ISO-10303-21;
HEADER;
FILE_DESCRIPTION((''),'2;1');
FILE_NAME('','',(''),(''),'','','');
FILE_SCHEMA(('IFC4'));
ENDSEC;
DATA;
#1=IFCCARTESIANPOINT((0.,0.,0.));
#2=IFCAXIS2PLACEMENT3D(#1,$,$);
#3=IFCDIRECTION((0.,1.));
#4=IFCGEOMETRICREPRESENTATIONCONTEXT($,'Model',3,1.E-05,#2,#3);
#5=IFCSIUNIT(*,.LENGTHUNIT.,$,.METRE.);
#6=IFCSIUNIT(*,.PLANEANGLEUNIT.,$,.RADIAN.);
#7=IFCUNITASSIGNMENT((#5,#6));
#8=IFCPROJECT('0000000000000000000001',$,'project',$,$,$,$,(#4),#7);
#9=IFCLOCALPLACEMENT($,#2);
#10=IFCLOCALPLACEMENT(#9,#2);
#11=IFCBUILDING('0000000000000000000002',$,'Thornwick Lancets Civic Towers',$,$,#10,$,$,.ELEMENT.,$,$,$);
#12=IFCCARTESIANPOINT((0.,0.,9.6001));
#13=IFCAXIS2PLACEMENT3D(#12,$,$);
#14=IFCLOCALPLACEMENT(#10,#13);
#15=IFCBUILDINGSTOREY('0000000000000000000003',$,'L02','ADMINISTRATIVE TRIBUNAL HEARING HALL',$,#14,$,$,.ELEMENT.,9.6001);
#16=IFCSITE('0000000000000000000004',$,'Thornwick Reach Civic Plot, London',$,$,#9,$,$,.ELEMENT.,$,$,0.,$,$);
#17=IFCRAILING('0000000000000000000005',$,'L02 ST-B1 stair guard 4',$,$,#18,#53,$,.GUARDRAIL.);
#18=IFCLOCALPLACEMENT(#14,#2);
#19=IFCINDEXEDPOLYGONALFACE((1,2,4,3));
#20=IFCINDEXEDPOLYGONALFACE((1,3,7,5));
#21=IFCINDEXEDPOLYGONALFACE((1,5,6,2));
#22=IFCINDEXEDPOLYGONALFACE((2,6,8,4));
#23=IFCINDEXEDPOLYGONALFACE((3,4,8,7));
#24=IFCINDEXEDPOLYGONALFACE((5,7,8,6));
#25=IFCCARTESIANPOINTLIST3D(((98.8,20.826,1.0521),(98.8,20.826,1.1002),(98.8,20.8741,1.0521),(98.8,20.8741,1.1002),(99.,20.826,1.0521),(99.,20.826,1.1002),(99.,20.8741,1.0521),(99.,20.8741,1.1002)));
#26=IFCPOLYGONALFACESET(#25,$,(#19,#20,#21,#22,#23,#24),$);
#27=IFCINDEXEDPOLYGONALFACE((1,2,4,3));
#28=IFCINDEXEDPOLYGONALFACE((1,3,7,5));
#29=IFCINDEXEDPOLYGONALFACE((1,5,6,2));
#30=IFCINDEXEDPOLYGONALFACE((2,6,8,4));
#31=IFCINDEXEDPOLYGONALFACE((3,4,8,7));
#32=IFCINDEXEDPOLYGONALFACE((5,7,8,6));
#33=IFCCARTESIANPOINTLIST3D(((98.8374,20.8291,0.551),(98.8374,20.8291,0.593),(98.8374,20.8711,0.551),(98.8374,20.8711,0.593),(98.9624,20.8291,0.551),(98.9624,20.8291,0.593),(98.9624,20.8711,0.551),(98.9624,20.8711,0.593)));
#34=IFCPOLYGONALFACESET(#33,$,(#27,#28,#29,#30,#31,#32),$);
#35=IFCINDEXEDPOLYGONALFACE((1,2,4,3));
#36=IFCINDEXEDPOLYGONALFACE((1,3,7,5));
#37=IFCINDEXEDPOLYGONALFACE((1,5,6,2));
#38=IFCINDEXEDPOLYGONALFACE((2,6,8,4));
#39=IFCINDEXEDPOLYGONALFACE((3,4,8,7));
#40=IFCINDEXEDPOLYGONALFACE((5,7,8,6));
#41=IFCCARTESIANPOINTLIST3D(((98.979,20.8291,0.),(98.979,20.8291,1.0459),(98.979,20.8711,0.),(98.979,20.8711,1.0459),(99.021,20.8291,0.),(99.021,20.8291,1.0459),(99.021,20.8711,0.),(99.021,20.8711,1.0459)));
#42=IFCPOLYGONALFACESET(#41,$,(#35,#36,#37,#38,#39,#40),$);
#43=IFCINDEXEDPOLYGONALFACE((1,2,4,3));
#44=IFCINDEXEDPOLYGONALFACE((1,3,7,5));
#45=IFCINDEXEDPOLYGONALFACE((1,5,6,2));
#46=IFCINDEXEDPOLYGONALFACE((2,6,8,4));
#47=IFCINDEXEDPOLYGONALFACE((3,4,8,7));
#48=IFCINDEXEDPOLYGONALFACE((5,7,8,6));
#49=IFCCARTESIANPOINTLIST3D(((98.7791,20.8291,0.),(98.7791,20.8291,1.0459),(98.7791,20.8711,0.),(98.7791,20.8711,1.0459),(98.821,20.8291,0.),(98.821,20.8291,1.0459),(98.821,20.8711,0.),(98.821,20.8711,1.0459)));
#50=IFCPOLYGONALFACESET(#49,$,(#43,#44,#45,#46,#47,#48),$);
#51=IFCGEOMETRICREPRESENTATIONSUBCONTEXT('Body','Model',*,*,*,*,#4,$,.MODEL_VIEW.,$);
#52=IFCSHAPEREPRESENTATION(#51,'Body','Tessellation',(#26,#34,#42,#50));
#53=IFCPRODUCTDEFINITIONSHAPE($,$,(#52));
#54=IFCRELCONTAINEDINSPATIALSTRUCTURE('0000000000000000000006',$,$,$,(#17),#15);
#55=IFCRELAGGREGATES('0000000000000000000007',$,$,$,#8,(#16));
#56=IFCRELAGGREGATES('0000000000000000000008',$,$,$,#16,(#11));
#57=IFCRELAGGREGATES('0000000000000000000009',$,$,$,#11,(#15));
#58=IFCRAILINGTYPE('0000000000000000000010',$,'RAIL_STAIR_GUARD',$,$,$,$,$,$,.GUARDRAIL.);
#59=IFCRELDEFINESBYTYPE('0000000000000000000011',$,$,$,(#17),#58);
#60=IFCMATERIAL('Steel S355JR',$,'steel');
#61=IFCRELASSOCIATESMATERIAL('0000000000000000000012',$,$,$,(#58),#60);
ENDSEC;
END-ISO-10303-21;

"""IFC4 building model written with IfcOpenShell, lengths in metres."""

from ifc_helpers import new_model, si_unit, direction, frame, origin, origin_2d, place, context, subcontext, project, spatial, rectangle, extrude, material, type_object, element, save


model = new_model("IFC4")

# Units and contexts
model_context = context("Model", 3, precision=1e-05, world=origin(), true_north=direction((0.0, 1.0)))
body_context = subcontext(model_context, "Body", "Model", "MODEL_VIEW")
ifc_project = project(units=[si_unit("LENGTHUNIT", "METRE"), si_unit("PLANEANGLEUNIT", "RADIAN")], contexts=[model_context])

# Site, building, storey
site_placement = place(None, origin())
site = spatial("IfcSite", under=ifc_project, at=site_placement, Name="Thornwick Reach Civic Plot, London", CompositionType="ELEMENT", RefElevation=0.0)
building_placement = place(site_placement, origin())
building = spatial("IfcBuilding", under=site, at=building_placement, Name="Thornwick Lancets Civic Towers", CompositionType="ELEMENT")
storey_placement = place(building_placement, frame((0.0, 0.0, 9.6001)))
storey = spatial("IfcBuildingStorey", under=building, at=storey_placement, Name="L02", Description="ADMINISTRATIVE TRIBUNAL HEARING HALL", CompositionType="ELEMENT", Elevation=9.6001)

# Shared definitions
ifc_material_1 = material(Name="Steel S355JR", Category="steel")

# Railing
railing_type_1 = type_object("IfcRailingType", Name="RAIL_STAIR_GUARD", PredefinedType="GUARDRAIL", material=ifc_material_1)
railing_1_placement = place(storey_placement, frame((99.0, 20.8501, 0.0)))
element("IfcRailing", 1, at=railing_1_placement, inside=storey, type_object=railing_type_1, Name="L02 ST-B1 stair guard 4", PredefinedType="GUARDRAIL", context=body_context, shape_type="SweptSolid", body=[
    extrude(rectangle(XDim=0.0481, YDim=0.0481, at=origin_2d()), frame((0.0, 0.0, 1.0762), z_axis=(-1.0, 0.0, 0.0), x_axis=(0.0, -1.0, 0.0)), (0.0, 0.0, 1.0), 0.2),
    extrude(rectangle(XDim=0.042, YDim=0.042, at=origin_2d()), frame((-0.0376, 0.0, 0.572), z_axis=(-1.0, 0.0, 0.0), x_axis=(0.0, -1.0, 0.0)), (0.0, 0.0, 1.0), 0.125),
    extrude(rectangle(XDim=0.042, YDim=0.042, at=origin_2d()), origin(), (0.0, 0.0, 1.0), 1.0459),
    extrude(rectangle(XDim=0.042, YDim=0.042, at=origin_2d()), frame((-0.2, 0.0, 0.0)), (0.0, 0.0, 1.0), 1.0459),
])

save(model, "model.ifc")
